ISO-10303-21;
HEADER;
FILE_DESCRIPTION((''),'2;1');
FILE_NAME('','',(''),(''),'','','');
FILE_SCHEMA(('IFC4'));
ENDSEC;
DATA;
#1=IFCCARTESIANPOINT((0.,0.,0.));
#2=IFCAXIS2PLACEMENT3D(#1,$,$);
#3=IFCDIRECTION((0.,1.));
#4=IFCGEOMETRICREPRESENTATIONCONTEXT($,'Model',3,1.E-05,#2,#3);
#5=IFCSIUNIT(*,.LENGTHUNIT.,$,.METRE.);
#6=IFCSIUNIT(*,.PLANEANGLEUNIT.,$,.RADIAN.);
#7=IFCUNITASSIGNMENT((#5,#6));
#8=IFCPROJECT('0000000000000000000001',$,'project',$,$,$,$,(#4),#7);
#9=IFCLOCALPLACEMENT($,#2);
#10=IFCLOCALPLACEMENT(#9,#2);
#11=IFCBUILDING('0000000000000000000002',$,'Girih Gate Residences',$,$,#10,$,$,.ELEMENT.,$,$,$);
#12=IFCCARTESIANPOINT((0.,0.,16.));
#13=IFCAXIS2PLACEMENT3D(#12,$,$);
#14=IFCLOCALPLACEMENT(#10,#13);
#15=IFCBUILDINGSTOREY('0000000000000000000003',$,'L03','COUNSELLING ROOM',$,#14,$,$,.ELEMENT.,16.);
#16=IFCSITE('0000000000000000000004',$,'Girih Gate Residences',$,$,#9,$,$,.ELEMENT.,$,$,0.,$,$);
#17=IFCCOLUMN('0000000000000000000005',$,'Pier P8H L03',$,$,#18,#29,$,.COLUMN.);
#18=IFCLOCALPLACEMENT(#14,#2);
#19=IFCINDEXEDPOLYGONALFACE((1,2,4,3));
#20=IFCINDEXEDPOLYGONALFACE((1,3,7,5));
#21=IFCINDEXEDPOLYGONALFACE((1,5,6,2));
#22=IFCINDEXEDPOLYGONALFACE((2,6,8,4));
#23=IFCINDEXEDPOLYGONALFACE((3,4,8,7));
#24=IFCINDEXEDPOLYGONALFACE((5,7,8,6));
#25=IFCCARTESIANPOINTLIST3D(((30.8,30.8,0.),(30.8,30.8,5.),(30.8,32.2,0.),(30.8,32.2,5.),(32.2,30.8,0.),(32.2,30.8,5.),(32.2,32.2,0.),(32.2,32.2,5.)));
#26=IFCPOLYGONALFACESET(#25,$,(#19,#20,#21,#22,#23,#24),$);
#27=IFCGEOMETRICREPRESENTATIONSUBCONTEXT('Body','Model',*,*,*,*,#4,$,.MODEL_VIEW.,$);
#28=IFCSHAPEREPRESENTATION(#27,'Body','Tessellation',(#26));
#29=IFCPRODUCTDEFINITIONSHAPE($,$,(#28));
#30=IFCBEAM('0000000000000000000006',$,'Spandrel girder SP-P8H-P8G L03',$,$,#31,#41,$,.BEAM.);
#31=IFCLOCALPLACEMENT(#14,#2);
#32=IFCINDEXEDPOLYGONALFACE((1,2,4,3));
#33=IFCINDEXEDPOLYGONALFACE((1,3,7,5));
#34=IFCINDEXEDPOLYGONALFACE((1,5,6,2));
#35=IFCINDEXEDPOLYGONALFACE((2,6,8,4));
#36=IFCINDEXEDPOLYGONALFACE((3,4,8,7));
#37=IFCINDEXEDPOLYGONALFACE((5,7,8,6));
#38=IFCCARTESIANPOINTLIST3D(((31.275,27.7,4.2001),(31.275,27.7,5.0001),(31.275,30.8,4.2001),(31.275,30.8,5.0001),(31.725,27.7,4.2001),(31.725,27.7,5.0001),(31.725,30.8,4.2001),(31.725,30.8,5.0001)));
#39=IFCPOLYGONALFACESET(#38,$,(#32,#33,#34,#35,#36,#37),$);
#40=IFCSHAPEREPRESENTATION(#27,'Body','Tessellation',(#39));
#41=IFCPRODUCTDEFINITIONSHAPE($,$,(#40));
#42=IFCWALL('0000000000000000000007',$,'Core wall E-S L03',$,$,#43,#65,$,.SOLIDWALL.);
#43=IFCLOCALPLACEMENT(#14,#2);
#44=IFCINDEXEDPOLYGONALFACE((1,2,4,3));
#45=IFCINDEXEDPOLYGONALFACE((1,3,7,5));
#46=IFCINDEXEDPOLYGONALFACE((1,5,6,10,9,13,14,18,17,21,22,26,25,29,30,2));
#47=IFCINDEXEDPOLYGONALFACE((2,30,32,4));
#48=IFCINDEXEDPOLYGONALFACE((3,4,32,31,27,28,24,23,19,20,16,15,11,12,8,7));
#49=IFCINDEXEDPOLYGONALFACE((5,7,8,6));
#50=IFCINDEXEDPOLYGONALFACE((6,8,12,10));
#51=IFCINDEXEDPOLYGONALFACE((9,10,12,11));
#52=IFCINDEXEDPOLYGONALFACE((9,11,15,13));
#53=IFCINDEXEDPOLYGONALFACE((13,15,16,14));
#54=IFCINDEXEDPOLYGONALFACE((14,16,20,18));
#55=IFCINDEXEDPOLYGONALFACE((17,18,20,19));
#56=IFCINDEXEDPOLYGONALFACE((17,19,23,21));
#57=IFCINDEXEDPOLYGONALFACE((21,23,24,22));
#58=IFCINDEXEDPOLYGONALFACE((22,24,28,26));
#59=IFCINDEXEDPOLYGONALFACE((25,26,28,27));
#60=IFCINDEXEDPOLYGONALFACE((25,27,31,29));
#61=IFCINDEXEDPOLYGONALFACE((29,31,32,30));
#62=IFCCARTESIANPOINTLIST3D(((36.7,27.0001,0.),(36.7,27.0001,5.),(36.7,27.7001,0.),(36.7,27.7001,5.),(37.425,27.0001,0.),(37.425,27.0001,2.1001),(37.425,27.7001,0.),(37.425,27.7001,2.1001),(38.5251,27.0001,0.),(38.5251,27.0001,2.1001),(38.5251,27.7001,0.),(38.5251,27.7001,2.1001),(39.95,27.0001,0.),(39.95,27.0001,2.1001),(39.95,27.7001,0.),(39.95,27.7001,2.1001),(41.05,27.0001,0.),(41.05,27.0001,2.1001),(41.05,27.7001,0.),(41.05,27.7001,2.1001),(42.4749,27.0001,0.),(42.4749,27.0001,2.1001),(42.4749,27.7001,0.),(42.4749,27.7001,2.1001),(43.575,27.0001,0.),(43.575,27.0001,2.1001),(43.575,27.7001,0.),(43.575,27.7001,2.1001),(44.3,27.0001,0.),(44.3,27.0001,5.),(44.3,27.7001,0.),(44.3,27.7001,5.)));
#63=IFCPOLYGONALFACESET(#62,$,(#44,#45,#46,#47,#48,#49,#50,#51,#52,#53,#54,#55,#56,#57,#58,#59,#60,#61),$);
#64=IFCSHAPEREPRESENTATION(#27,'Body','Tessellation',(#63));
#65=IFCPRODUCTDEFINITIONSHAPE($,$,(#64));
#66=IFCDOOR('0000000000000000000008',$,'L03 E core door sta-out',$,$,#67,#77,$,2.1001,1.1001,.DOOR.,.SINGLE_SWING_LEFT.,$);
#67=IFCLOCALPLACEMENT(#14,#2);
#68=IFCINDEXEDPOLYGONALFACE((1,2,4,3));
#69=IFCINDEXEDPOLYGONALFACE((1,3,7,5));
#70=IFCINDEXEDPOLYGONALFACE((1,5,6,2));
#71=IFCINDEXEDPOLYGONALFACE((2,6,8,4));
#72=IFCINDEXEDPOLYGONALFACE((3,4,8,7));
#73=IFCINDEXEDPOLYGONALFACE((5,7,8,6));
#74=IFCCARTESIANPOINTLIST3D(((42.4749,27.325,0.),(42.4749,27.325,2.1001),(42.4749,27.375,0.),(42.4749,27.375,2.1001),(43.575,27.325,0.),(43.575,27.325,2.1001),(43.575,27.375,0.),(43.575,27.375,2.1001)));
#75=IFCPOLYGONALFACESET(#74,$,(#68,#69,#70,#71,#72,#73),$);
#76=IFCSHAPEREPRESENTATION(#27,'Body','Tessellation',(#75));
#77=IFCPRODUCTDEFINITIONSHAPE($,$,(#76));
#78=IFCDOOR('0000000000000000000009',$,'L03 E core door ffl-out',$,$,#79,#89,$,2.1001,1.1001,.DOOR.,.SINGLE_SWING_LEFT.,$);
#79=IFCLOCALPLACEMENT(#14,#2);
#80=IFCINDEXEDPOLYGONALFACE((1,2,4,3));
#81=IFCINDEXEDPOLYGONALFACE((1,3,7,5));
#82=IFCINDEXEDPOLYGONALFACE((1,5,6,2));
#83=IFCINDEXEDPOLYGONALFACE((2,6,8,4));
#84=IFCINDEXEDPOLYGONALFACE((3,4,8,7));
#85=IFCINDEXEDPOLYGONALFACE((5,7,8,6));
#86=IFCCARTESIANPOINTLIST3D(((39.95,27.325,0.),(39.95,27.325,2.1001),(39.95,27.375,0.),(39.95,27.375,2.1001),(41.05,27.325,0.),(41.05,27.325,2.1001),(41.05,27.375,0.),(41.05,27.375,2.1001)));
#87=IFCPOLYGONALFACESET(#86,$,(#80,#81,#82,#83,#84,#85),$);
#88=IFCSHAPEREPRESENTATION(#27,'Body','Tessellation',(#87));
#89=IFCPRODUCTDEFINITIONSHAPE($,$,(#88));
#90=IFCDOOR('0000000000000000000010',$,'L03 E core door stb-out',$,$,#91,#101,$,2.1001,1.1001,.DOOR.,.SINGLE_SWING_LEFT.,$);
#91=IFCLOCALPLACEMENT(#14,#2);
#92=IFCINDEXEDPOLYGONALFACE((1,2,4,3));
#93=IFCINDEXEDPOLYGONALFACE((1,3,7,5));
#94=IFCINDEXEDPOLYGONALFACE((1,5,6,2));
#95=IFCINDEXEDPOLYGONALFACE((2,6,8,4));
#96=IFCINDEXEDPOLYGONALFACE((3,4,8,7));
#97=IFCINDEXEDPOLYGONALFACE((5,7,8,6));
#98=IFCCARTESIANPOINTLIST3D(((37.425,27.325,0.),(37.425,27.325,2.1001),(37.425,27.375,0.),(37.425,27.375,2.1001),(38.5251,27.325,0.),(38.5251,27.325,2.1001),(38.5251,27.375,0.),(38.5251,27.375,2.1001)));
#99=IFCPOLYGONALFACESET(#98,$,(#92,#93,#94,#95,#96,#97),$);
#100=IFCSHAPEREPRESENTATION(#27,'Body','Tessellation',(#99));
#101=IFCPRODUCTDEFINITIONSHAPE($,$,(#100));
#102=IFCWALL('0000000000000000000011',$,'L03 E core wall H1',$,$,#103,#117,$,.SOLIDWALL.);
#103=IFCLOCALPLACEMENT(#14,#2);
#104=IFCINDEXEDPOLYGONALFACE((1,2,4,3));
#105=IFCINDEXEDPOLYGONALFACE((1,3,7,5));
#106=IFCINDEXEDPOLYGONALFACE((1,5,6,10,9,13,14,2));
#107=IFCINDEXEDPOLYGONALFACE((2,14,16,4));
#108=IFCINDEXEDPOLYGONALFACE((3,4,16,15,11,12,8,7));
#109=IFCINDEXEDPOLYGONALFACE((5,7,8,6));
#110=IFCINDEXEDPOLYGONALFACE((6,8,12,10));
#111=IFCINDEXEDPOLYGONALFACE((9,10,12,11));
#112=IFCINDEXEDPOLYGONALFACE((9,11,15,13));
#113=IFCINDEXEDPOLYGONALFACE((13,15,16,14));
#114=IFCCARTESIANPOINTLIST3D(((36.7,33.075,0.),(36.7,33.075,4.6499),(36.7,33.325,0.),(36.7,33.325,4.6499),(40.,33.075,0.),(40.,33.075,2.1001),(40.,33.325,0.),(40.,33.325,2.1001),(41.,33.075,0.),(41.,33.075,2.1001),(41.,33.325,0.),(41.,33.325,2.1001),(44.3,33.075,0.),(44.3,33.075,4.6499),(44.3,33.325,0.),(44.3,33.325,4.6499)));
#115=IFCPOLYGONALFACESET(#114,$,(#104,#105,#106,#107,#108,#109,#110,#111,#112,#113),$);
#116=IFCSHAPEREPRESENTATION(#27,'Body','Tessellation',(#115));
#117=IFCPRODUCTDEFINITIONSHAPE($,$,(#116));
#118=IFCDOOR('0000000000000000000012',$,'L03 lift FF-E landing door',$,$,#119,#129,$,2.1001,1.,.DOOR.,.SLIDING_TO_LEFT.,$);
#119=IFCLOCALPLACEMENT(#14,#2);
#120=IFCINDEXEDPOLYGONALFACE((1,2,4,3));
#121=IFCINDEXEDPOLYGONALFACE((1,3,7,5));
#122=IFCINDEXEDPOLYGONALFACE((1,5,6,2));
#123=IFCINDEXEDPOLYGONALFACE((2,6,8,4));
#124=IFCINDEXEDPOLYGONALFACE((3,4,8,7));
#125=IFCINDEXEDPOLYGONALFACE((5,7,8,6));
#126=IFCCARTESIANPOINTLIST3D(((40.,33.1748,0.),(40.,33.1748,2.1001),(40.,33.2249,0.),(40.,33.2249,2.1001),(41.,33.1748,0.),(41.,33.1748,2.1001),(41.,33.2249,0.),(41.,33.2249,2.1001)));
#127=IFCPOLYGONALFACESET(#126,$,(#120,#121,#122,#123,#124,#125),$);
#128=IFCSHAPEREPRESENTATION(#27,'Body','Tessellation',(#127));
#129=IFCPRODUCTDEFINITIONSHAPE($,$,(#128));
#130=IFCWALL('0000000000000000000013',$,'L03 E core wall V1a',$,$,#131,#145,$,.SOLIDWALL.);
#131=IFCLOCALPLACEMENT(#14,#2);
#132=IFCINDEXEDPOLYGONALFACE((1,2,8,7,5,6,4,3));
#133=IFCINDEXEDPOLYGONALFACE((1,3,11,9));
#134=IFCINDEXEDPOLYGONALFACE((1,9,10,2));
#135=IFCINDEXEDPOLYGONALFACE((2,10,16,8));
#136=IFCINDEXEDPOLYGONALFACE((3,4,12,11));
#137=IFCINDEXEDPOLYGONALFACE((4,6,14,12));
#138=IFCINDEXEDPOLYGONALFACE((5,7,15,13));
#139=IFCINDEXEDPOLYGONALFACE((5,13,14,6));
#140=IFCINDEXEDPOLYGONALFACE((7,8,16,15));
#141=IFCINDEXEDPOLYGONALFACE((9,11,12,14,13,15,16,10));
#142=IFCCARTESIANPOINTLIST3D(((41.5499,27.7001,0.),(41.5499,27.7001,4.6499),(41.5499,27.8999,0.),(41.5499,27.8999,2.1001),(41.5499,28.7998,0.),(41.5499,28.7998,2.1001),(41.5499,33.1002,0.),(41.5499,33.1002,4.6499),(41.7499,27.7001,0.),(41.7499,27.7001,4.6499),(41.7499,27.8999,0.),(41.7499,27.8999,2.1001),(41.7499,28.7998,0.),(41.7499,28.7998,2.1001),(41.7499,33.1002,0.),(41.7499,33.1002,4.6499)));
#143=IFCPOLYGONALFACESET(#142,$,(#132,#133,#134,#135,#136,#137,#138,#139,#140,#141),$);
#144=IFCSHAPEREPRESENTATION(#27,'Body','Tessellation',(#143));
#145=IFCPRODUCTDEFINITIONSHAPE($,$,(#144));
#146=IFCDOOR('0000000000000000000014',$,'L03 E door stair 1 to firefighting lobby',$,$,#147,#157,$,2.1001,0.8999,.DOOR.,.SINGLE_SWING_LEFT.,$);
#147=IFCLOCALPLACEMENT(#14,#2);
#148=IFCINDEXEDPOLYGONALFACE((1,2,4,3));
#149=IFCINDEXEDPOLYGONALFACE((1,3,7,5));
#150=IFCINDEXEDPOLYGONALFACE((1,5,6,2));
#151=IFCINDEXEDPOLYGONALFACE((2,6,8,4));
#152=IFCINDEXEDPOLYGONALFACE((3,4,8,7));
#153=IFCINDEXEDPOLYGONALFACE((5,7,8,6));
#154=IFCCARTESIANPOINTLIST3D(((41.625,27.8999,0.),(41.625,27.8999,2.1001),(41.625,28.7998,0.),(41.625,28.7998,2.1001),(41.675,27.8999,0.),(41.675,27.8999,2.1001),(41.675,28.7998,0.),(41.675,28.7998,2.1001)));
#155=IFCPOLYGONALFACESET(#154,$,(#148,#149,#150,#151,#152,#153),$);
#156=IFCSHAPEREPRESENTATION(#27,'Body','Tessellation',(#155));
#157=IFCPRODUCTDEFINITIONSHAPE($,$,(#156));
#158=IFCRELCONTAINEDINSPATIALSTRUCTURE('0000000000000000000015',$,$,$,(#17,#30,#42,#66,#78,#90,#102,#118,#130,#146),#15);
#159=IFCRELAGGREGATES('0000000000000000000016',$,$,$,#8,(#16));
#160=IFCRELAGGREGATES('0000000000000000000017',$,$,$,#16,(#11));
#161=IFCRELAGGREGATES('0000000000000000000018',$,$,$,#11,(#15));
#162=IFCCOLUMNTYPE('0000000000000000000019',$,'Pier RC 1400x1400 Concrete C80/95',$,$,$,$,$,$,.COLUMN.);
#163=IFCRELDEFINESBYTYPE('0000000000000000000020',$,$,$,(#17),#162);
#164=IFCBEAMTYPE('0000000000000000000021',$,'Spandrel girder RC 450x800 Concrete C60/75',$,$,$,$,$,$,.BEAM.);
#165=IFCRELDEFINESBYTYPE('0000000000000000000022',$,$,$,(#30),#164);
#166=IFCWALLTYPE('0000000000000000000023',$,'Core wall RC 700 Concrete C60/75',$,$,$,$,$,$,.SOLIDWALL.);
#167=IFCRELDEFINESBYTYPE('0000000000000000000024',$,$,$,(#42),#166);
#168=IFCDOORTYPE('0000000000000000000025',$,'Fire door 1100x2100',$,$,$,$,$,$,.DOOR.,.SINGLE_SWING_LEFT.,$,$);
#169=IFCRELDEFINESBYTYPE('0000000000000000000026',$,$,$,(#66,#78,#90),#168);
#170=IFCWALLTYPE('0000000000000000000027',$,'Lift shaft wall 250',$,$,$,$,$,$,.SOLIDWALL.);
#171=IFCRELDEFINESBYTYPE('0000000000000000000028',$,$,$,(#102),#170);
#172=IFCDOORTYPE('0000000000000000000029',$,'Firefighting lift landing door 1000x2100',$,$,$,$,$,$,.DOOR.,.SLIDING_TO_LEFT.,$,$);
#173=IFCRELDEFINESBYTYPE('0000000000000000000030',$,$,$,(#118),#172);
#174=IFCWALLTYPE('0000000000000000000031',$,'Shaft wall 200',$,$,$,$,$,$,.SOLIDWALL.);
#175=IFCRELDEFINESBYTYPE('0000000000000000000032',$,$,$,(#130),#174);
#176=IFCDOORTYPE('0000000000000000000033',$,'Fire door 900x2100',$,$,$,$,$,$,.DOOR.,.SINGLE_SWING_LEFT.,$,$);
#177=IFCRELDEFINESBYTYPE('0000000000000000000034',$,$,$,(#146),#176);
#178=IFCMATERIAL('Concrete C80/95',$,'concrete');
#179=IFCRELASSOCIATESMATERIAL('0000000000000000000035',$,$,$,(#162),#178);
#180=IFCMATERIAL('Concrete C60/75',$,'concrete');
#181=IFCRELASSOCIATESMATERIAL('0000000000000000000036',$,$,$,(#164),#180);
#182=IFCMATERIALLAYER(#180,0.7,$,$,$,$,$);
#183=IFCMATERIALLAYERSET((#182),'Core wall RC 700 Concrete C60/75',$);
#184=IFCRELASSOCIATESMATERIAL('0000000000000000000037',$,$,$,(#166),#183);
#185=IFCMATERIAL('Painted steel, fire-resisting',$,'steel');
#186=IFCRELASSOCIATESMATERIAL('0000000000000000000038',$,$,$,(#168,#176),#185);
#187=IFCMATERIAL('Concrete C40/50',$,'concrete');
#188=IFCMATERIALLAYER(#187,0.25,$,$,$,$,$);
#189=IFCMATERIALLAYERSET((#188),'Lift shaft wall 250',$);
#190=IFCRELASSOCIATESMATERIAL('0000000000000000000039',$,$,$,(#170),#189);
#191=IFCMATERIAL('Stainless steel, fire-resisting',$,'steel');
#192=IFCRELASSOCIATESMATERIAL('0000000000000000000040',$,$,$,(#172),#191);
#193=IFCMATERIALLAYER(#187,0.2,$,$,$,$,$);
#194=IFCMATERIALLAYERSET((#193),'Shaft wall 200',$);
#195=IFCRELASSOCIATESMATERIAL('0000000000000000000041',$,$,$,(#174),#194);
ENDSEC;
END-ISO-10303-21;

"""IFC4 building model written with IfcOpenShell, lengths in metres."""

from ifc_helpers import new_model, si_unit, direction, frame, frame_2d, origin, origin_2d, place, context, subcontext, project, spatial, rectangle, extrude, material, layer, layer_set, material_profile, profile_set, type_object, element, fill, save


model = new_model("IFC4")

# Units and contexts
model_context = context("Model", 3, precision=1e-05, world=origin(), true_north=direction((0.0, 1.0)))
body_context = subcontext(model_context, "Body", "Model", "MODEL_VIEW")
ifc_project = project(units=[si_unit("LENGTHUNIT", "METRE"), si_unit("PLANEANGLEUNIT", "RADIAN")], contexts=[model_context])

# Site, building, storey
site_placement = place(None, origin())
site = spatial("IfcSite", under=ifc_project, at=site_placement, Name="Girih Gate Residences", CompositionType="ELEMENT", RefElevation=0.0)
building_placement = place(site_placement, origin())
building = spatial("IfcBuilding", under=site, at=building_placement, Name="Girih Gate Residences", CompositionType="ELEMENT")
storey_placement = place(building_placement, frame((0.0, 0.0, 16.0)))
storey = spatial("IfcBuildingStorey", under=building, at=storey_placement, Name="L03", Description="COUNSELLING ROOM", CompositionType="ELEMENT", Elevation=16.0)

# Column
ifc_material_1 = material(Name="Concrete C80/95", Category="concrete")
ifc_material_profile_1 = material_profile(ifc_material_1, rectangle(XDim=1.3999, YDim=1.3999, at=origin_2d()))
ifc_profile_set_1 = profile_set([ifc_material_profile_1], Name="Concrete C80/95")
column_type = type_object("IfcColumnType", Name="Pier RC 1400x1400 Concrete C80/95", PredefinedType="COLUMN", material=ifc_profile_set_1)
column_placement = place(storey_placement, frame((31.5, 31.5, 0.0), z_axis=(0.0, 0.0, 1.0), x_axis=(1.0, 0.0, 0.0)))
element("IfcColumn", 1, at=column_placement, inside=storey, type_object=column_type, Name="Pier P8H L03", PredefinedType="COLUMN", context=body_context, shape_type="SweptSolid", body=[
    extrude(rectangle(XDim=1.3999, YDim=1.3999, at=origin_2d()), origin(), (0.0, 0.0, 1.0), 5.0),
])

# Beam
ifc_material_2 = material(Name="Concrete C60/75", Category="concrete")
ifc_material_profile_2 = material_profile(ifc_material_2, rectangle(XDim=0.45, YDim=0.8, at=origin_2d()))
ifc_profile_set_2 = profile_set([ifc_material_profile_2], Name="Concrete C60/75")
beam_type = type_object("IfcBeamType", Name="Spandrel girder RC 450x800 Concrete C60/75", PredefinedType="BEAM", material=ifc_profile_set_2)
beam_placement = place(storey_placement, frame((31.5, 30.8, 4.6001), z_axis=(0.0, -1.0, 0.0), x_axis=(1.0, 0.0, 0.0)))
element("IfcBeam", 2, at=beam_placement, inside=storey, type_object=beam_type, Name="Spandrel girder SP-P8H-P8G L03", PredefinedType="BEAM", context=body_context, shape_type="SweptSolid", body=[
    extrude(rectangle(XDim=0.45, YDim=0.8, at=origin_2d()), origin(), (0.0, 0.0, 1.0), 3.1001),
])

# Wall, openings, doors
ifc_layer_1 = layer(ifc_material_2, 0.7)
ifc_layer_set_1 = layer_set([ifc_layer_1], Name="Core wall RC 700 Concrete C60/75")
wall_type_1 = type_object("IfcWallType", Name="Core wall RC 700 Concrete C60/75", PredefinedType="SOLIDWALL", material=ifc_layer_set_1)
wall_1_placement = place(storey_placement, frame((36.7, 27.3501, 0.0), z_axis=(0.0, 0.0, 1.0), x_axis=(1.0, 0.0, 0.0)))
wall_1 = element("IfcWall", 3, at=wall_1_placement, inside=storey, type_object=wall_type_1, Name="Core wall E-S L03", PredefinedType="SOLIDWALL", context=body_context, shape_type="SweptSolid", body=[
    extrude(rectangle(XDim=7.6001, YDim=0.7, at=frame_2d((3.8, 0.0))), origin(), (0.0, 0.0, 1.0), 5.0),
])
opening_1_placement = place(wall_1_placement, frame((5.7749, 0.0, 0.0)))
opening_1 = element("IfcOpeningElement", 4, at=opening_1_placement, cuts=wall_1, PredefinedType="OPENING", context=body_context, shape_type="SweptSolid", body=[
    extrude(rectangle(XDim=1.1001, YDim=2.1001, at=frame_2d((0.55, 1.05))), frame((0.0, 0.3599, 0.0), z_axis=(0.0, -1.0, 0.0), x_axis=(1.0, 0.0, 0.0)), (0.0, 0.0, 1.0), 0.72),
])
opening_2_placement = place(wall_1_placement, frame((3.25, 0.0, 0.0)))
opening_2 = element("IfcOpeningElement", 5, at=opening_2_placement, cuts=wall_1, PredefinedType="OPENING", context=body_context, shape_type="SweptSolid", body=[
    extrude(rectangle(XDim=1.1001, YDim=2.1001, at=frame_2d((0.55, 1.05))), frame((0.0, 0.3599, 0.0), z_axis=(0.0, -1.0, 0.0), x_axis=(1.0, 0.0, 0.0)), (0.0, 0.0, 1.0), 0.72),
])
opening_3_placement = place(wall_1_placement, frame((0.7251, 0.0, 0.0)))
opening_3 = element("IfcOpeningElement", 6, at=opening_3_placement, cuts=wall_1, PredefinedType="OPENING", context=body_context, shape_type="SweptSolid", body=[
    extrude(rectangle(XDim=1.1001, YDim=2.1001, at=frame_2d((0.55, 1.05))), frame((0.0, 0.3599, 0.0), z_axis=(0.0, -1.0, 0.0), x_axis=(1.0, 0.0, 0.0)), (0.0, 0.0, 1.0), 0.72),
])
ifc_material_3 = material(Name="Painted steel, fire-resisting", Category="steel")
door_type_1 = type_object("IfcDoorType", Name="Fire door 1100x2100", OperationType="SINGLE_SWING_LEFT", PredefinedType="DOOR", material=ifc_material_3)
door_1_placement = place(opening_1_placement, origin())
door_1 = element("IfcDoor", 7, at=door_1_placement, inside=storey, type_object=door_type_1, Name="L03 E core door sta-out", OperationType="SINGLE_SWING_LEFT", OverallHeight=2.1001, OverallWidth=1.1001, PredefinedType="DOOR", context=body_context, shape_type="SweptSolid", body=[
    extrude(rectangle(XDim=1.1001, YDim=2.1001, at=frame_2d((0.55, 1.05))), frame((0.0, 0.0249, 0.0), z_axis=(0.0, -1.0, 0.0), x_axis=(1.0, 0.0, 0.0)), (0.0, 0.0, 1.0), 0.05),
])
fill(opening_1, door_1)
door_2_placement = place(opening_2_placement, origin())
door_2 = element("IfcDoor", 8, at=door_2_placement, inside=storey, type_object=door_type_1, Name="L03 E core door ffl-out", OperationType="SINGLE_SWING_LEFT", OverallHeight=2.1001, OverallWidth=1.1001, PredefinedType="DOOR", context=body_context, shape_type="SweptSolid", body=[
    extrude(rectangle(XDim=1.1001, YDim=2.1001, at=frame_2d((0.55, 1.05))), frame((0.0, 0.0249, 0.0), z_axis=(0.0, -1.0, 0.0), x_axis=(1.0, 0.0, 0.0)), (0.0, 0.0, 1.0), 0.05),
])
fill(opening_2, door_2)
door_3_placement = place(opening_3_placement, origin())
door_3 = element("IfcDoor", 9, at=door_3_placement, inside=storey, type_object=door_type_1, Name="L03 E core door stb-out", OperationType="SINGLE_SWING_LEFT", OverallHeight=2.1001, OverallWidth=1.1001, PredefinedType="DOOR", context=body_context, shape_type="SweptSolid", body=[
    extrude(rectangle(XDim=1.1001, YDim=2.1001, at=frame_2d((0.55, 1.05))), frame((0.0, 0.0249, 0.0), z_axis=(0.0, -1.0, 0.0), x_axis=(1.0, 0.0, 0.0)), (0.0, 0.0, 1.0), 0.05),
])
fill(opening_3, door_3)

# Walls, openings, doors
ifc_material_4 = material(Name="Concrete C40/50", Category="concrete")
ifc_layer_2 = layer(ifc_material_4, 0.25)
ifc_layer_set_2 = layer_set([ifc_layer_2], Name="Lift shaft wall 250")
wall_type_2 = type_object("IfcWallType", Name="Lift shaft wall 250", PredefinedType="SOLIDWALL", material=ifc_layer_set_2)
wall_2_placement = place(storey_placement, frame((36.7, 33.2, 0.0), z_axis=(0.0, 0.0, 1.0), x_axis=(1.0, 0.0, 0.0)))
wall_2 = element("IfcWall", 10, at=wall_2_placement, inside=storey, type_object=wall_type_2, Name="L03 E core wall H1", PredefinedType="SOLIDWALL", context=body_context, shape_type="SweptSolid", body=[
    extrude(rectangle(XDim=7.6001, YDim=0.25, at=frame_2d((3.8, 0.0))), origin(), (0.0, 0.0, 1.0), 4.6499),
])
opening_4_placement = place(wall_2_placement, frame((3.3, 0.0, 0.0)))
opening_4 = element("IfcOpeningElement", 11, at=opening_4_placement, cuts=wall_2, PredefinedType="OPENING", context=body_context, shape_type="SweptSolid", body=[
    extrude(rectangle(XDim=1.0, YDim=2.1001, at=frame_2d((0.5, 1.05))), frame((0.0, 0.135, 0.0), z_axis=(0.0, -1.0, 0.0), x_axis=(1.0, 0.0, 0.0)), (0.0, 0.0, 1.0), 0.27),
])
ifc_material_5 = material(Name="Stainless steel, fire-resisting", Category="steel")
door_type_2 = type_object("IfcDoorType", Name="Firefighting lift landing door 1000x2100", OperationType="SLIDING_TO_LEFT", PredefinedType="DOOR", material=ifc_material_5)
door_4_placement = place(opening_4_placement, origin())
door_4 = element("IfcDoor", 12, at=door_4_placement, inside=storey, type_object=door_type_2, Name="L03 lift FF-E landing door", OperationType="SLIDING_TO_LEFT", OverallHeight=2.1001, OverallWidth=1.0, PredefinedType="DOOR", context=body_context, shape_type="SweptSolid", body=[
    extrude(rectangle(XDim=1.0, YDim=2.1001, at=frame_2d((0.5, 1.05))), frame((0.0, 0.0249, 0.0), z_axis=(0.0, -1.0, 0.0), x_axis=(1.0, 0.0, 0.0)), (0.0, 0.0, 1.0), 0.05),
])
fill(opening_4, door_4)
ifc_layer_3 = layer(ifc_material_4, 0.2)
ifc_layer_set_3 = layer_set([ifc_layer_3], Name="Shaft wall 200")
wall_type_3 = type_object("IfcWallType", Name="Shaft wall 200", PredefinedType="SOLIDWALL", material=ifc_layer_set_3)
wall_3_placement = place(storey_placement, frame((41.6499, 27.7, 0.0), z_axis=(0.0, 0.0, 1.0), x_axis=(0.0, 1.0, 0.0)))
wall_3 = element("IfcWall", 13, at=wall_3_placement, inside=storey, type_object=wall_type_3, Name="L03 E core wall V1a", PredefinedType="SOLIDWALL", context=body_context, shape_type="SweptSolid", body=[
    extrude(rectangle(XDim=5.4001, YDim=0.2, at=frame_2d((2.7002, 0.0))), origin(), (0.0, 0.0, 1.0), 4.6499),
])
opening_5_placement = place(wall_3_placement, frame((0.2, 0.0, 0.0)))
opening_5 = element("IfcOpeningElement", 14, at=opening_5_placement, cuts=wall_3, PredefinedType="OPENING", context=body_context, shape_type="SweptSolid", body=[
    extrude(rectangle(XDim=0.8999, YDim=2.1001, at=frame_2d((0.45, 1.05))), frame((0.0, 0.1099, 0.0), z_axis=(0.0, -1.0, 0.0), x_axis=(1.0, 0.0, 0.0)), (0.0, 0.0, 1.0), 0.22),
])
door_type_3 = type_object("IfcDoorType", Name="Fire door 900x2100", OperationType="SINGLE_SWING_LEFT", PredefinedType="DOOR", material=ifc_material_3)
door_5_placement = place(opening_5_placement, origin())
door_5 = element("IfcDoor", 15, at=door_5_placement, inside=storey, type_object=door_type_3, Name="L03 E door stair 1 to firefighting lobby", OperationType="SINGLE_SWING_LEFT", OverallHeight=2.1001, OverallWidth=0.8999, PredefinedType="DOOR", context=body_context, shape_type="SweptSolid", body=[
    extrude(rectangle(XDim=0.8999, YDim=2.1001, at=frame_2d((0.45, 1.05))), frame((0.0, 0.0249, 0.0), z_axis=(0.0, -1.0, 0.0), x_axis=(1.0, 0.0, 0.0)), (0.0, 0.0, 1.0), 0.05),
])
fill(opening_5, door_5)

save(model, "model.ifc")
